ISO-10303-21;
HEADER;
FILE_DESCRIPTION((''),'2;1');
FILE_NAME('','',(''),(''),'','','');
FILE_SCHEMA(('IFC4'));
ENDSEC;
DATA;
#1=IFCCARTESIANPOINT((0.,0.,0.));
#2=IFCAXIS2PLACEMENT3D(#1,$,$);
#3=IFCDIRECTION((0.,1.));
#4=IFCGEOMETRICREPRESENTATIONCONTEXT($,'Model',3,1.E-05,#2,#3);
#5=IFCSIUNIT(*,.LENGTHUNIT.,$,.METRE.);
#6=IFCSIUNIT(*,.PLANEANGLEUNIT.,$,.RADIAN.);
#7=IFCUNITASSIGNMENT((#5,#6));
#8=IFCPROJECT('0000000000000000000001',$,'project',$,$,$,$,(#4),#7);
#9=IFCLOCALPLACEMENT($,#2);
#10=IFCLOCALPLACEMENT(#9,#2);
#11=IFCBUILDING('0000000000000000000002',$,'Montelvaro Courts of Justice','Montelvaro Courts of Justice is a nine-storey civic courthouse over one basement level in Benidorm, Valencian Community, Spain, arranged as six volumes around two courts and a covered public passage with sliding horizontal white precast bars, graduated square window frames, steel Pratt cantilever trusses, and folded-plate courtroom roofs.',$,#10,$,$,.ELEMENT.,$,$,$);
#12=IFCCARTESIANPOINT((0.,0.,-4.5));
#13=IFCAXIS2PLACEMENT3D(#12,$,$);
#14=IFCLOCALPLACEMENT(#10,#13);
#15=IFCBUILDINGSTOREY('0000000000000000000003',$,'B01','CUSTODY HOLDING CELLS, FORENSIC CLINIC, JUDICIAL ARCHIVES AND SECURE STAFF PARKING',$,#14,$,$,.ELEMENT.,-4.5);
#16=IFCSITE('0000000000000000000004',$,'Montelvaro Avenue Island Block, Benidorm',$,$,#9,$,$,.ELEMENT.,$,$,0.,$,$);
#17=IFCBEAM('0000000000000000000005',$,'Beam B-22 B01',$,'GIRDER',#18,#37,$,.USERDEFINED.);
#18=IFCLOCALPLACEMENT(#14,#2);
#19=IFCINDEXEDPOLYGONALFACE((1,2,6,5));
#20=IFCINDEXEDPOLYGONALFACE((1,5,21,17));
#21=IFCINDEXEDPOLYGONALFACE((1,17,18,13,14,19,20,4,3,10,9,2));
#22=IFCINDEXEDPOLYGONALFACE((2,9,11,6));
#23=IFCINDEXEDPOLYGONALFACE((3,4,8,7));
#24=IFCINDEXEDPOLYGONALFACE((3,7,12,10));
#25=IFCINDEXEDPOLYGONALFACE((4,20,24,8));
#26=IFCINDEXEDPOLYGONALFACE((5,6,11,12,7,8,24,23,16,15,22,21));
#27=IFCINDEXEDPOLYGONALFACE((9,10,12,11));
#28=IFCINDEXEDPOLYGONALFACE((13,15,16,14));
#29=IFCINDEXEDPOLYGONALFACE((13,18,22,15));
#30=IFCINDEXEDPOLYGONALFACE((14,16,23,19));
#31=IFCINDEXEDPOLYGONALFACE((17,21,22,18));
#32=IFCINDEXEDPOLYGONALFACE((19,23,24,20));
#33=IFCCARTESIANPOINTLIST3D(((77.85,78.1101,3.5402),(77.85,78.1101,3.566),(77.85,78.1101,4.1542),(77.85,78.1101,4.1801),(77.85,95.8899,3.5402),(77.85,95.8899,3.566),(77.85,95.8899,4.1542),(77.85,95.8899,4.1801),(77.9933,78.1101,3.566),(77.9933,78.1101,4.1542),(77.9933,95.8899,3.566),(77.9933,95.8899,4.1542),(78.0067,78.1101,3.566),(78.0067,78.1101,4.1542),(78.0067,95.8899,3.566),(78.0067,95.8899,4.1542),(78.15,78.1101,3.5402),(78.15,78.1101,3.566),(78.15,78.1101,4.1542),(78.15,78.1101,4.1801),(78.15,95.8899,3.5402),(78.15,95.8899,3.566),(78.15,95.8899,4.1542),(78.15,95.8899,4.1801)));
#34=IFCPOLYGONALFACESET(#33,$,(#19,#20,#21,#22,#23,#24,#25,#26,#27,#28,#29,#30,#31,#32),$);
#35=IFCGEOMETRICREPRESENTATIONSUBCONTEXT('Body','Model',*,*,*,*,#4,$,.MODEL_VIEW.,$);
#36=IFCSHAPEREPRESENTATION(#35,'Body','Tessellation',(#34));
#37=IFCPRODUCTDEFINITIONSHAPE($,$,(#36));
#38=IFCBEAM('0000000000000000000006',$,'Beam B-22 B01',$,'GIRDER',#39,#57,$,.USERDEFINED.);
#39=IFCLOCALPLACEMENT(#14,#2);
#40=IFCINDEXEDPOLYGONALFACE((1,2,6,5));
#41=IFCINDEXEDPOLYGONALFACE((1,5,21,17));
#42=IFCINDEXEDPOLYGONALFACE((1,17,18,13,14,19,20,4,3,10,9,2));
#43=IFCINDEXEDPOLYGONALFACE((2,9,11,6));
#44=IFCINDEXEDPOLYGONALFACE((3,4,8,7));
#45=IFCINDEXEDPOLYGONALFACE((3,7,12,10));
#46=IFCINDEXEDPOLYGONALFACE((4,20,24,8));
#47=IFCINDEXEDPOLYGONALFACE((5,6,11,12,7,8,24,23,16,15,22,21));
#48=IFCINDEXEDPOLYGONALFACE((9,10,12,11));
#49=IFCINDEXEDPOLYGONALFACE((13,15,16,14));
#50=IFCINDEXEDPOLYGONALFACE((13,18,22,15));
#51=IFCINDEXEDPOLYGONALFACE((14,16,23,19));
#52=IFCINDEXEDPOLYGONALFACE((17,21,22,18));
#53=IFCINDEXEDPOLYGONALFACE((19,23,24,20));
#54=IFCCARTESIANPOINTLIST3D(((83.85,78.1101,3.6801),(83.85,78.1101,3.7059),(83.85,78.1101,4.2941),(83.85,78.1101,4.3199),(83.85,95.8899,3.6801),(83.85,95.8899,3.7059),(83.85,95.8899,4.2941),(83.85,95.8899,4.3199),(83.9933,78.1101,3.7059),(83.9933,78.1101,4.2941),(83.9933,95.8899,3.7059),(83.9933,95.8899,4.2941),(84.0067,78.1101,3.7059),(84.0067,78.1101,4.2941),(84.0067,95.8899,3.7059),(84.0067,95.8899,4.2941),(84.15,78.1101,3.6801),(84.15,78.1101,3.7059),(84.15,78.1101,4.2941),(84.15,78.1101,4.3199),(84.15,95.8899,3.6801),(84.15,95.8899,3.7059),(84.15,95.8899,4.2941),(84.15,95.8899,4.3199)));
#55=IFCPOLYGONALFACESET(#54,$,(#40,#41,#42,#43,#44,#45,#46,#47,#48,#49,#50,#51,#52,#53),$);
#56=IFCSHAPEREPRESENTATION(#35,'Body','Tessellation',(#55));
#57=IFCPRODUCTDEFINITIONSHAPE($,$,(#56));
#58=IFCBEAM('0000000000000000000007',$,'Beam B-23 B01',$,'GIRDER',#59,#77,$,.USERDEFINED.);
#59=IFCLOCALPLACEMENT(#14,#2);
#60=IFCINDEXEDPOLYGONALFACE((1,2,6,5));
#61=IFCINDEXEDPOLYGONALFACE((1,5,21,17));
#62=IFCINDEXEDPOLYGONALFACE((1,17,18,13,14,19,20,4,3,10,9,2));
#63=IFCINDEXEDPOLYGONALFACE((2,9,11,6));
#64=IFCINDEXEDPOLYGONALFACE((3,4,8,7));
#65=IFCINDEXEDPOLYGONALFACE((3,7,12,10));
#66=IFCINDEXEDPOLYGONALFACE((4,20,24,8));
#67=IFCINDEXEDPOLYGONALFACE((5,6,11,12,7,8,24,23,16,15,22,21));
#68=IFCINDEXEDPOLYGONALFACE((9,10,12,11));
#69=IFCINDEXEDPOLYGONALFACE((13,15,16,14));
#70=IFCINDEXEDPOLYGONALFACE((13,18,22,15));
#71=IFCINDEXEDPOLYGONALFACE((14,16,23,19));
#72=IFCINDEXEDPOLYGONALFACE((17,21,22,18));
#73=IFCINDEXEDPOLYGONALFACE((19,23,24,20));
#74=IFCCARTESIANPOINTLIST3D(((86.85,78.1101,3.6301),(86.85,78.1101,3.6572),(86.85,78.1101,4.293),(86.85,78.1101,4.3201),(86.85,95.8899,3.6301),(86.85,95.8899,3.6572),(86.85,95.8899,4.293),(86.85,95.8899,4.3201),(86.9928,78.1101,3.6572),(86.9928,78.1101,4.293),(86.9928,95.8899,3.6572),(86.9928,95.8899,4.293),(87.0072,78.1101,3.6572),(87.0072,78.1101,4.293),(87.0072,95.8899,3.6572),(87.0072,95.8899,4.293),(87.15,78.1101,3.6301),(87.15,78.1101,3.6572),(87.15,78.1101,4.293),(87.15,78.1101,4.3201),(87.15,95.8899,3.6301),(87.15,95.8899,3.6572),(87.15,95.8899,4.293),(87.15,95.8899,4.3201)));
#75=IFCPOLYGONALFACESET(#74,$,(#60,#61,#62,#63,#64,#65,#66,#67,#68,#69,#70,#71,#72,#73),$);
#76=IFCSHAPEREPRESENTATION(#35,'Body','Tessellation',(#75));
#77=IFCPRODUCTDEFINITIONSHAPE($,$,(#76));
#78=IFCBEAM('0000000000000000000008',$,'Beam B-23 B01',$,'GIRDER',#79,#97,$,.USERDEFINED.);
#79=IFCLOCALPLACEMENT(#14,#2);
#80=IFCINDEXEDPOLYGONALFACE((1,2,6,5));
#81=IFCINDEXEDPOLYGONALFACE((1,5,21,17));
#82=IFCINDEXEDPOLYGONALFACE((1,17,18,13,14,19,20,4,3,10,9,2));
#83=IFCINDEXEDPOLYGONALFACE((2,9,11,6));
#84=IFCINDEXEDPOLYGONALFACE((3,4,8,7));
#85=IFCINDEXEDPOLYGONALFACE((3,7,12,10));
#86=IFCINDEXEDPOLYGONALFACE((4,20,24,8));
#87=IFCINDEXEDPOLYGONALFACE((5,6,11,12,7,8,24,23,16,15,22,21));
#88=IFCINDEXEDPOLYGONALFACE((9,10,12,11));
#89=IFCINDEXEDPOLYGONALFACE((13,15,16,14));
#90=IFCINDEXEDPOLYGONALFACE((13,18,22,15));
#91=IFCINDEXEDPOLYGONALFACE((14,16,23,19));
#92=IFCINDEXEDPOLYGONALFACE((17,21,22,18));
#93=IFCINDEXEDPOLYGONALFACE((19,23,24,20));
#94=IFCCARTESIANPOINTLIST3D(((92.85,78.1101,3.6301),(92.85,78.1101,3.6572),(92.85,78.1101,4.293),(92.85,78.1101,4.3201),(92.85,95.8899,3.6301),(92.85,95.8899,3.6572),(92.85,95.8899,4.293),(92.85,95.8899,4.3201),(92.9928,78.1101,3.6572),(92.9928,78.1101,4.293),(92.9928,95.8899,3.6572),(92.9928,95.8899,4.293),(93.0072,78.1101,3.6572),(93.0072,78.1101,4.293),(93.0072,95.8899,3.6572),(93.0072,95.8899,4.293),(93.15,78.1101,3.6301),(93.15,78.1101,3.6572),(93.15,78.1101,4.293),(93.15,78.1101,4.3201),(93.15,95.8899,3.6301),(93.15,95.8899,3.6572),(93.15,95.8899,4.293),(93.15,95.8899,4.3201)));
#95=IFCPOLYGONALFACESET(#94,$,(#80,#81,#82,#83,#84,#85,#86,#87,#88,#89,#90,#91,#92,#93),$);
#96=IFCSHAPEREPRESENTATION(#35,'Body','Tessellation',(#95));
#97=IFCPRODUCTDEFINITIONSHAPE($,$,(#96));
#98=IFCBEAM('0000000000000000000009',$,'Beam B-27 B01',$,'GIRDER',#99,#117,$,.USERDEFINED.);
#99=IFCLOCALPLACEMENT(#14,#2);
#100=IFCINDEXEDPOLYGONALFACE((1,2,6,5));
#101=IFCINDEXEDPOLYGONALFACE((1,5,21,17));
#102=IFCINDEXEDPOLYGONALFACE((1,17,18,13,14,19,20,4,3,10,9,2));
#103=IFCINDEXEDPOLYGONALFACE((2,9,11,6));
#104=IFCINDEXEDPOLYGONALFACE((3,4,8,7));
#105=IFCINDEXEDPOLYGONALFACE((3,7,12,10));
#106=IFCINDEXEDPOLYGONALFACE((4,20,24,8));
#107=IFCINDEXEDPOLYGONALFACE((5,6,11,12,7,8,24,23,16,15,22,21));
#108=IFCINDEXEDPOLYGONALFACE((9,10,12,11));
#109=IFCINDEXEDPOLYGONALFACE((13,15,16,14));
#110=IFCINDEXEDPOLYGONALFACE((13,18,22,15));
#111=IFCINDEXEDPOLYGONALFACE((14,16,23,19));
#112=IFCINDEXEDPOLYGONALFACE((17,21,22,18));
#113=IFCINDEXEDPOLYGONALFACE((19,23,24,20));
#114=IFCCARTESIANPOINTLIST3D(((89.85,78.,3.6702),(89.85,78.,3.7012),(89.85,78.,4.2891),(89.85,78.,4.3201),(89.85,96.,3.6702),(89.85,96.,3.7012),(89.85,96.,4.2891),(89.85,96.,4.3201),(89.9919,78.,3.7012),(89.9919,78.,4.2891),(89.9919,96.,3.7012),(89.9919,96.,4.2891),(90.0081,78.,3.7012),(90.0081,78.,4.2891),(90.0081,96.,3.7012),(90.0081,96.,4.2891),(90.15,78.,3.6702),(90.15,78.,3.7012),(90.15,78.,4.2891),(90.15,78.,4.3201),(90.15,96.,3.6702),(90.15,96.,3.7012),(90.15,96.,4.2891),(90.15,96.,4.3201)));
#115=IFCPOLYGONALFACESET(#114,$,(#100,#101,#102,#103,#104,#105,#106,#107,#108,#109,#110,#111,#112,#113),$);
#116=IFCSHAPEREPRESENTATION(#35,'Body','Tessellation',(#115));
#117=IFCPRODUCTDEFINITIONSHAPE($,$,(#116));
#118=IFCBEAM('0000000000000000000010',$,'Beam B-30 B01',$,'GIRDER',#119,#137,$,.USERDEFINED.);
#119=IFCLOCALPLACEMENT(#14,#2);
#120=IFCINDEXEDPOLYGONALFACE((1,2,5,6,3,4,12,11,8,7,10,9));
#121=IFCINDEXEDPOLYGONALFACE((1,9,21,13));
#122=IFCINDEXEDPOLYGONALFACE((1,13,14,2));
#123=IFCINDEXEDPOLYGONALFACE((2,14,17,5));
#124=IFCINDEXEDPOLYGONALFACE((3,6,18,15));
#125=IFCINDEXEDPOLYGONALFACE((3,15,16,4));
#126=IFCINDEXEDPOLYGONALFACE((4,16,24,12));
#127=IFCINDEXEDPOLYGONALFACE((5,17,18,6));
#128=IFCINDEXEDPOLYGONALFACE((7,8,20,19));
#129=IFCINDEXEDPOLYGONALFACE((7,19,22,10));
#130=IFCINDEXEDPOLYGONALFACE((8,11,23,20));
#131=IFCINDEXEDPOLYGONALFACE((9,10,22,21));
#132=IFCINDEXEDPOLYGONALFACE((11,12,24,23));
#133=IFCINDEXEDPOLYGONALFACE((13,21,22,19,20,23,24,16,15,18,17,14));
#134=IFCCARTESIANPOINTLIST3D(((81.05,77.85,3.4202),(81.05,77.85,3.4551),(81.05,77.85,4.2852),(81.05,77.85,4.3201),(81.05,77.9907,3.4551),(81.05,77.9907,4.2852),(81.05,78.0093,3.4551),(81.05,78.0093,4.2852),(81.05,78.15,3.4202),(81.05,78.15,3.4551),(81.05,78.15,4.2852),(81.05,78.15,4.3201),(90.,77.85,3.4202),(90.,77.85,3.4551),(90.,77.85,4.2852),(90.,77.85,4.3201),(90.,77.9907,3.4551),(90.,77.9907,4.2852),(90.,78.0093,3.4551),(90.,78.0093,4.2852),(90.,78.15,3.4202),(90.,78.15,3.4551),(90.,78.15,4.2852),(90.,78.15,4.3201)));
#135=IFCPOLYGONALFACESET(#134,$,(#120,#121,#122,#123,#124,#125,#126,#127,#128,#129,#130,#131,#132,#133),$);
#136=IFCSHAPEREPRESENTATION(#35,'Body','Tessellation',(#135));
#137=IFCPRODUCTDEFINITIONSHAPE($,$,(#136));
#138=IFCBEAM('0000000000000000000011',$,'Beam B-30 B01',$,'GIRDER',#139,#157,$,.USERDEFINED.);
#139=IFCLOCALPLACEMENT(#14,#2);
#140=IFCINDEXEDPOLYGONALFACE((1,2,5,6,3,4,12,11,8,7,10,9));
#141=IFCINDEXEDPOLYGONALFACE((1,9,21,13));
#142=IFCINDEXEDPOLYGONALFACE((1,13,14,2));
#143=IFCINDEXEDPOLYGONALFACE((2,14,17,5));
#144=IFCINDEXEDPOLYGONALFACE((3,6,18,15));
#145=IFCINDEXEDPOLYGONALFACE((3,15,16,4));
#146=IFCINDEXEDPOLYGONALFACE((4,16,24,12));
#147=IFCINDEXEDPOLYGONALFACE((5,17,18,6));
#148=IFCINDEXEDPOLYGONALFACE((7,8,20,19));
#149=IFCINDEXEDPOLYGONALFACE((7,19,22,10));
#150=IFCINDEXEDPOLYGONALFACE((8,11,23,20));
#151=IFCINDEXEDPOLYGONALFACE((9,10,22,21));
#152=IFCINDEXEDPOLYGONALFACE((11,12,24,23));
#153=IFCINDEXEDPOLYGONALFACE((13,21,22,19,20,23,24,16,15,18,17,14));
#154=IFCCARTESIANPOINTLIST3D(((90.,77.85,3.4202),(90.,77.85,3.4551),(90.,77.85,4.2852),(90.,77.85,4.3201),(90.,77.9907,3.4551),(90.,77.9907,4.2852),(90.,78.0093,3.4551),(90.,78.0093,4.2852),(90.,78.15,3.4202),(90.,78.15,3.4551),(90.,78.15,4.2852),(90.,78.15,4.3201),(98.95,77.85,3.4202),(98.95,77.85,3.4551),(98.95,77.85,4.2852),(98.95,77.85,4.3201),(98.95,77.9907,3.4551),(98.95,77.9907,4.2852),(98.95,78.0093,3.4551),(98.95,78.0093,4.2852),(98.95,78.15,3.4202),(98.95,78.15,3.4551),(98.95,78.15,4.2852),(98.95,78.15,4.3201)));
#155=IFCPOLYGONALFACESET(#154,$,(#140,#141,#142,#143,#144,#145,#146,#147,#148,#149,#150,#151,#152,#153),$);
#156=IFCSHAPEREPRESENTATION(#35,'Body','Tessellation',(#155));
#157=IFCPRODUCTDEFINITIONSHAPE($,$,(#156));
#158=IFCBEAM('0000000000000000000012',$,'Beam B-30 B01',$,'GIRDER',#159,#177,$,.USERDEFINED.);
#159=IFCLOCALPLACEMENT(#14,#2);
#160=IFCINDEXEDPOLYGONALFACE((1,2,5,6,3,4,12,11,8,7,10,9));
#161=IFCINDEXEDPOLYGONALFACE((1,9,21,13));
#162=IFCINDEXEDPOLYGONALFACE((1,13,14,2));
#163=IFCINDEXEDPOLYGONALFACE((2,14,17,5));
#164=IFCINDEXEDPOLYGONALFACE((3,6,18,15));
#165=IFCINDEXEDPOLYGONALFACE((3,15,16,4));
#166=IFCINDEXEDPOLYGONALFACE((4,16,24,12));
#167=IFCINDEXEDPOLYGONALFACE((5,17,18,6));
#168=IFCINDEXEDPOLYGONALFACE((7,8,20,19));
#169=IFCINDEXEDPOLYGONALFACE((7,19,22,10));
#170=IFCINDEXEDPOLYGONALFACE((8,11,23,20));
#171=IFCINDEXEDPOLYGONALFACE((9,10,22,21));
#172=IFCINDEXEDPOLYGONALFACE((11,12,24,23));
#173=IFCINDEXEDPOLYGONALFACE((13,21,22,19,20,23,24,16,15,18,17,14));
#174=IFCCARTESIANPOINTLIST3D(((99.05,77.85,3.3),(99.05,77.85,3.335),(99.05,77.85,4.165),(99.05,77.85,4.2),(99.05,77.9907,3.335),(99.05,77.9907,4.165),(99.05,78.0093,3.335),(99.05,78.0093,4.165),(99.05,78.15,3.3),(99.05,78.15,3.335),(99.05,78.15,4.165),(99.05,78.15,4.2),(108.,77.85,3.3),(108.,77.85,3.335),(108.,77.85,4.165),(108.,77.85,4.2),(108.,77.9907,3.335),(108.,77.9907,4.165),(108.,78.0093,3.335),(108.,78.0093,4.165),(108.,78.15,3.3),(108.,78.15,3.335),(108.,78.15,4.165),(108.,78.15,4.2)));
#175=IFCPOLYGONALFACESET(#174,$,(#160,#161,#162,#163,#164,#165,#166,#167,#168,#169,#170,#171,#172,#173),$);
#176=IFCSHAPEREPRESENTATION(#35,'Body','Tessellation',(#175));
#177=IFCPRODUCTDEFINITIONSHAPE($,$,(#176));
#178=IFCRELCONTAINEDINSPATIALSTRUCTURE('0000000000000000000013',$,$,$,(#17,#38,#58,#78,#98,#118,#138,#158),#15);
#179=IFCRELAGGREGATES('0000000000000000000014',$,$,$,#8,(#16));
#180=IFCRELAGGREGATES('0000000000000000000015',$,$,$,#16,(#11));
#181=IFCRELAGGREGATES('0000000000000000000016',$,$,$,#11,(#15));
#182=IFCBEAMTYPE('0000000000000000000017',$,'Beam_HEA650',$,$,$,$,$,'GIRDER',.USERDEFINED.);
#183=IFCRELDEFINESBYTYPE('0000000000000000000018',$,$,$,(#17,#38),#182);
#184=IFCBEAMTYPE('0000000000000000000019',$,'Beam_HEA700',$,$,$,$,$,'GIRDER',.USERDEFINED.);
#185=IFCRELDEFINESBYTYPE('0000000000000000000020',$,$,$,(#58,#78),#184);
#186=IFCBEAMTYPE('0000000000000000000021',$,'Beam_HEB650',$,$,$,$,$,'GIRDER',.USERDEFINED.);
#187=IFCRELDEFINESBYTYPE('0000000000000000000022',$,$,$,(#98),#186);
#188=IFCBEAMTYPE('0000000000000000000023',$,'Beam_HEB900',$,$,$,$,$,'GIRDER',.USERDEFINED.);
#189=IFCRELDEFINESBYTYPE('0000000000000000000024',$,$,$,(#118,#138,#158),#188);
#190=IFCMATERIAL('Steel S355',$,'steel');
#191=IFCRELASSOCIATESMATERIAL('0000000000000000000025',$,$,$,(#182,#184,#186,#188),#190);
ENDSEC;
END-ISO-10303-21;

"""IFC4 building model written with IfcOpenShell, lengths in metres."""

from ifc_helpers import new_model, si_unit, direction, frame, origin, origin_2d, place, context, subcontext, project, spatial, i_section, extrude, material, material_profile, profile_set, type_object, element, save


model = new_model("IFC4")

# Units and contexts
model_context = context("Model", 3, precision=1e-05, world=origin(), true_north=direction((0.0, 1.0)))
body_context = subcontext(model_context, "Body", "Model", "MODEL_VIEW")
ifc_project = project(units=[si_unit("LENGTHUNIT", "METRE"), si_unit("PLANEANGLEUNIT", "RADIAN")], contexts=[model_context])

# Site, building, storey
site_placement = place(None, origin())
site = spatial("IfcSite", under=ifc_project, at=site_placement, Name="Montelvaro Avenue Island Block, Benidorm", CompositionType="ELEMENT", RefElevation=0.0)
building_placement = place(site_placement, origin())
building = spatial("IfcBuilding", under=site, at=building_placement, Name="Montelvaro Courts of Justice", Description="Montelvaro Courts of Justice is a nine-storey civic courthouse over one basement level in Benidorm, Valencian Community, Spain, arranged as six volumes around two courts and a covered public passage with sliding horizontal white precast bars, graduated square window frames, steel Pratt cantilever trusses, and folded-plate courtroom roofs.", CompositionType="ELEMENT")
storey_placement = place(building_placement, frame((0.0, 0.0, -4.5)))
storey = spatial("IfcBuildingStorey", under=building, at=storey_placement, Name="B01", Description="CUSTODY HOLDING CELLS, FORENSIC CLINIC, JUDICIAL ARCHIVES AND SECURE STAFF PARKING", CompositionType="ELEMENT", Elevation=-4.5)

# Beams
ifc_material_1 = material(Name="Steel S355", Category="steel")
ifc_material_profile_1 = material_profile(ifc_material_1, i_section(OverallWidth=0.3, OverallDepth=0.6399, WebThickness=0.0134, FlangeThickness=0.0259, at=origin_2d()), Name="HEA 650")
ifc_profile_set_1 = profile_set([ifc_material_profile_1], Name="Steel S355")
beam_type_1 = type_object("IfcBeamType", Name="Beam_HEA650", ElementType="GIRDER", PredefinedType="USERDEFINED", material=ifc_profile_set_1)
for number, where, z_axis, x_axis, name in (
    (1, (78.0, 78.1101, 3.8601), (0.0, 1.0, 0.0), (-1.0, 0.0, 0.0), "Beam B-22 B01"),
    (2, (84.0, 78.1101, 4.0), (0.0, 1.0, 0.0), (-1.0, 0.0, 0.0), "Beam B-22 B01"),
):
    element("IfcBeam", number, at=place(storey_placement, frame(where, z_axis=z_axis, x_axis=x_axis)), inside=storey, type_object=beam_type_1, Name=name, ObjectType="GIRDER", PredefinedType="USERDEFINED", context=body_context, shape_type="SweptSolid", body=[
        extrude(i_section(OverallWidth=0.3, OverallDepth=0.6399, WebThickness=0.0134, FlangeThickness=0.0259, at=origin_2d()), origin(), (0.0, 0.0, 1.0), 17.7798),
    ])
ifc_material_profile_2 = material_profile(ifc_material_1, i_section(OverallWidth=0.3, OverallDepth=0.6899, WebThickness=0.0144, FlangeThickness=0.0271, at=origin_2d()), Name="HEA 700")
ifc_profile_set_2 = profile_set([ifc_material_profile_2], Name="Steel S355")
beam_type_2 = type_object("IfcBeamType", Name="Beam_HEA700", ElementType="GIRDER", PredefinedType="USERDEFINED", material=ifc_profile_set_2)
for number, where, z_axis, x_axis, name in (
    (3, (87.0, 78.1101, 3.9751), (0.0, 1.0, 0.0), (-1.0, 0.0, 0.0), "Beam B-23 B01"),
    (4, (93.0, 78.1101, 3.9751), (0.0, 1.0, 0.0), (-1.0, 0.0, 0.0), "Beam B-23 B01"),
):
    element("IfcBeam", number, at=place(storey_placement, frame(where, z_axis=z_axis, x_axis=x_axis)), inside=storey, type_object=beam_type_2, Name=name, ObjectType="GIRDER", PredefinedType="USERDEFINED", context=body_context, shape_type="SweptSolid", body=[
        extrude(i_section(OverallWidth=0.3, OverallDepth=0.6899, WebThickness=0.0144, FlangeThickness=0.0271, at=origin_2d()), origin(), (0.0, 0.0, 1.0), 17.7798),
    ])
ifc_material_profile_3 = material_profile(ifc_material_1, i_section(OverallWidth=0.3, OverallDepth=0.6499, WebThickness=0.0161, FlangeThickness=0.031, at=origin_2d()), Name="HEB 650")
ifc_profile_set_3 = profile_set([ifc_material_profile_3], Name="Steel S355")
beam_type_3 = type_object("IfcBeamType", Name="Beam_HEB650", ElementType="GIRDER", PredefinedType="USERDEFINED", material=ifc_profile_set_3)
beam_1_placement = place(storey_placement, frame((90.0, 78.0, 3.9951), z_axis=(0.0, 1.0, 0.0), x_axis=(-1.0, 0.0, 0.0)))
element("IfcBeam", 5, at=beam_1_placement, inside=storey, type_object=beam_type_3, Name="Beam B-27 B01", ObjectType="GIRDER", PredefinedType="USERDEFINED", context=body_context, shape_type="SweptSolid", body=[
    extrude(i_section(OverallWidth=0.3, OverallDepth=0.6499, WebThickness=0.0161, FlangeThickness=0.031, at=origin_2d()), origin(), (0.0, 0.0, 1.0), 18.0),
])
ifc_material_profile_4 = material_profile(ifc_material_1, i_section(OverallWidth=0.3, OverallDepth=0.8999, WebThickness=0.0186, FlangeThickness=0.0349, at=origin_2d()), Name="HEB 900")
ifc_profile_set_4 = profile_set([ifc_material_profile_4], Name="Steel S355")
beam_type_4 = type_object("IfcBeamType", Name="Beam_HEB900", ElementType="GIRDER", PredefinedType="USERDEFINED", material=ifc_profile_set_4)
for number, where, z_axis, x_axis, name in (
    (6, (81.05, 78.0, 3.8701), (1.0, 0.0, 0.0), (0.0, 1.0, 0.0), "Beam B-30 B01"),
    (7, (90.0, 78.0, 3.8701), (1.0, 0.0, 0.0), (0.0, 1.0, 0.0), "Beam B-30 B01"),
    (8, (99.05, 78.0, 3.75), (1.0, 0.0, 0.0), (0.0, 1.0, 0.0), "Beam B-30 B01"),
):
    element("IfcBeam", number, at=place(storey_placement, frame(where, z_axis=z_axis, x_axis=x_axis)), inside=storey, type_object=beam_type_4, Name=name, ObjectType="GIRDER", PredefinedType="USERDEFINED", context=body_context, shape_type="SweptSolid", body=[
        extrude(i_section(OverallWidth=0.3, OverallDepth=0.8999, WebThickness=0.0186, FlangeThickness=0.0349, at=origin_2d()), origin(), (0.0, 0.0, 1.0), 8.95),
    ])

save(model, "model.ifc")
